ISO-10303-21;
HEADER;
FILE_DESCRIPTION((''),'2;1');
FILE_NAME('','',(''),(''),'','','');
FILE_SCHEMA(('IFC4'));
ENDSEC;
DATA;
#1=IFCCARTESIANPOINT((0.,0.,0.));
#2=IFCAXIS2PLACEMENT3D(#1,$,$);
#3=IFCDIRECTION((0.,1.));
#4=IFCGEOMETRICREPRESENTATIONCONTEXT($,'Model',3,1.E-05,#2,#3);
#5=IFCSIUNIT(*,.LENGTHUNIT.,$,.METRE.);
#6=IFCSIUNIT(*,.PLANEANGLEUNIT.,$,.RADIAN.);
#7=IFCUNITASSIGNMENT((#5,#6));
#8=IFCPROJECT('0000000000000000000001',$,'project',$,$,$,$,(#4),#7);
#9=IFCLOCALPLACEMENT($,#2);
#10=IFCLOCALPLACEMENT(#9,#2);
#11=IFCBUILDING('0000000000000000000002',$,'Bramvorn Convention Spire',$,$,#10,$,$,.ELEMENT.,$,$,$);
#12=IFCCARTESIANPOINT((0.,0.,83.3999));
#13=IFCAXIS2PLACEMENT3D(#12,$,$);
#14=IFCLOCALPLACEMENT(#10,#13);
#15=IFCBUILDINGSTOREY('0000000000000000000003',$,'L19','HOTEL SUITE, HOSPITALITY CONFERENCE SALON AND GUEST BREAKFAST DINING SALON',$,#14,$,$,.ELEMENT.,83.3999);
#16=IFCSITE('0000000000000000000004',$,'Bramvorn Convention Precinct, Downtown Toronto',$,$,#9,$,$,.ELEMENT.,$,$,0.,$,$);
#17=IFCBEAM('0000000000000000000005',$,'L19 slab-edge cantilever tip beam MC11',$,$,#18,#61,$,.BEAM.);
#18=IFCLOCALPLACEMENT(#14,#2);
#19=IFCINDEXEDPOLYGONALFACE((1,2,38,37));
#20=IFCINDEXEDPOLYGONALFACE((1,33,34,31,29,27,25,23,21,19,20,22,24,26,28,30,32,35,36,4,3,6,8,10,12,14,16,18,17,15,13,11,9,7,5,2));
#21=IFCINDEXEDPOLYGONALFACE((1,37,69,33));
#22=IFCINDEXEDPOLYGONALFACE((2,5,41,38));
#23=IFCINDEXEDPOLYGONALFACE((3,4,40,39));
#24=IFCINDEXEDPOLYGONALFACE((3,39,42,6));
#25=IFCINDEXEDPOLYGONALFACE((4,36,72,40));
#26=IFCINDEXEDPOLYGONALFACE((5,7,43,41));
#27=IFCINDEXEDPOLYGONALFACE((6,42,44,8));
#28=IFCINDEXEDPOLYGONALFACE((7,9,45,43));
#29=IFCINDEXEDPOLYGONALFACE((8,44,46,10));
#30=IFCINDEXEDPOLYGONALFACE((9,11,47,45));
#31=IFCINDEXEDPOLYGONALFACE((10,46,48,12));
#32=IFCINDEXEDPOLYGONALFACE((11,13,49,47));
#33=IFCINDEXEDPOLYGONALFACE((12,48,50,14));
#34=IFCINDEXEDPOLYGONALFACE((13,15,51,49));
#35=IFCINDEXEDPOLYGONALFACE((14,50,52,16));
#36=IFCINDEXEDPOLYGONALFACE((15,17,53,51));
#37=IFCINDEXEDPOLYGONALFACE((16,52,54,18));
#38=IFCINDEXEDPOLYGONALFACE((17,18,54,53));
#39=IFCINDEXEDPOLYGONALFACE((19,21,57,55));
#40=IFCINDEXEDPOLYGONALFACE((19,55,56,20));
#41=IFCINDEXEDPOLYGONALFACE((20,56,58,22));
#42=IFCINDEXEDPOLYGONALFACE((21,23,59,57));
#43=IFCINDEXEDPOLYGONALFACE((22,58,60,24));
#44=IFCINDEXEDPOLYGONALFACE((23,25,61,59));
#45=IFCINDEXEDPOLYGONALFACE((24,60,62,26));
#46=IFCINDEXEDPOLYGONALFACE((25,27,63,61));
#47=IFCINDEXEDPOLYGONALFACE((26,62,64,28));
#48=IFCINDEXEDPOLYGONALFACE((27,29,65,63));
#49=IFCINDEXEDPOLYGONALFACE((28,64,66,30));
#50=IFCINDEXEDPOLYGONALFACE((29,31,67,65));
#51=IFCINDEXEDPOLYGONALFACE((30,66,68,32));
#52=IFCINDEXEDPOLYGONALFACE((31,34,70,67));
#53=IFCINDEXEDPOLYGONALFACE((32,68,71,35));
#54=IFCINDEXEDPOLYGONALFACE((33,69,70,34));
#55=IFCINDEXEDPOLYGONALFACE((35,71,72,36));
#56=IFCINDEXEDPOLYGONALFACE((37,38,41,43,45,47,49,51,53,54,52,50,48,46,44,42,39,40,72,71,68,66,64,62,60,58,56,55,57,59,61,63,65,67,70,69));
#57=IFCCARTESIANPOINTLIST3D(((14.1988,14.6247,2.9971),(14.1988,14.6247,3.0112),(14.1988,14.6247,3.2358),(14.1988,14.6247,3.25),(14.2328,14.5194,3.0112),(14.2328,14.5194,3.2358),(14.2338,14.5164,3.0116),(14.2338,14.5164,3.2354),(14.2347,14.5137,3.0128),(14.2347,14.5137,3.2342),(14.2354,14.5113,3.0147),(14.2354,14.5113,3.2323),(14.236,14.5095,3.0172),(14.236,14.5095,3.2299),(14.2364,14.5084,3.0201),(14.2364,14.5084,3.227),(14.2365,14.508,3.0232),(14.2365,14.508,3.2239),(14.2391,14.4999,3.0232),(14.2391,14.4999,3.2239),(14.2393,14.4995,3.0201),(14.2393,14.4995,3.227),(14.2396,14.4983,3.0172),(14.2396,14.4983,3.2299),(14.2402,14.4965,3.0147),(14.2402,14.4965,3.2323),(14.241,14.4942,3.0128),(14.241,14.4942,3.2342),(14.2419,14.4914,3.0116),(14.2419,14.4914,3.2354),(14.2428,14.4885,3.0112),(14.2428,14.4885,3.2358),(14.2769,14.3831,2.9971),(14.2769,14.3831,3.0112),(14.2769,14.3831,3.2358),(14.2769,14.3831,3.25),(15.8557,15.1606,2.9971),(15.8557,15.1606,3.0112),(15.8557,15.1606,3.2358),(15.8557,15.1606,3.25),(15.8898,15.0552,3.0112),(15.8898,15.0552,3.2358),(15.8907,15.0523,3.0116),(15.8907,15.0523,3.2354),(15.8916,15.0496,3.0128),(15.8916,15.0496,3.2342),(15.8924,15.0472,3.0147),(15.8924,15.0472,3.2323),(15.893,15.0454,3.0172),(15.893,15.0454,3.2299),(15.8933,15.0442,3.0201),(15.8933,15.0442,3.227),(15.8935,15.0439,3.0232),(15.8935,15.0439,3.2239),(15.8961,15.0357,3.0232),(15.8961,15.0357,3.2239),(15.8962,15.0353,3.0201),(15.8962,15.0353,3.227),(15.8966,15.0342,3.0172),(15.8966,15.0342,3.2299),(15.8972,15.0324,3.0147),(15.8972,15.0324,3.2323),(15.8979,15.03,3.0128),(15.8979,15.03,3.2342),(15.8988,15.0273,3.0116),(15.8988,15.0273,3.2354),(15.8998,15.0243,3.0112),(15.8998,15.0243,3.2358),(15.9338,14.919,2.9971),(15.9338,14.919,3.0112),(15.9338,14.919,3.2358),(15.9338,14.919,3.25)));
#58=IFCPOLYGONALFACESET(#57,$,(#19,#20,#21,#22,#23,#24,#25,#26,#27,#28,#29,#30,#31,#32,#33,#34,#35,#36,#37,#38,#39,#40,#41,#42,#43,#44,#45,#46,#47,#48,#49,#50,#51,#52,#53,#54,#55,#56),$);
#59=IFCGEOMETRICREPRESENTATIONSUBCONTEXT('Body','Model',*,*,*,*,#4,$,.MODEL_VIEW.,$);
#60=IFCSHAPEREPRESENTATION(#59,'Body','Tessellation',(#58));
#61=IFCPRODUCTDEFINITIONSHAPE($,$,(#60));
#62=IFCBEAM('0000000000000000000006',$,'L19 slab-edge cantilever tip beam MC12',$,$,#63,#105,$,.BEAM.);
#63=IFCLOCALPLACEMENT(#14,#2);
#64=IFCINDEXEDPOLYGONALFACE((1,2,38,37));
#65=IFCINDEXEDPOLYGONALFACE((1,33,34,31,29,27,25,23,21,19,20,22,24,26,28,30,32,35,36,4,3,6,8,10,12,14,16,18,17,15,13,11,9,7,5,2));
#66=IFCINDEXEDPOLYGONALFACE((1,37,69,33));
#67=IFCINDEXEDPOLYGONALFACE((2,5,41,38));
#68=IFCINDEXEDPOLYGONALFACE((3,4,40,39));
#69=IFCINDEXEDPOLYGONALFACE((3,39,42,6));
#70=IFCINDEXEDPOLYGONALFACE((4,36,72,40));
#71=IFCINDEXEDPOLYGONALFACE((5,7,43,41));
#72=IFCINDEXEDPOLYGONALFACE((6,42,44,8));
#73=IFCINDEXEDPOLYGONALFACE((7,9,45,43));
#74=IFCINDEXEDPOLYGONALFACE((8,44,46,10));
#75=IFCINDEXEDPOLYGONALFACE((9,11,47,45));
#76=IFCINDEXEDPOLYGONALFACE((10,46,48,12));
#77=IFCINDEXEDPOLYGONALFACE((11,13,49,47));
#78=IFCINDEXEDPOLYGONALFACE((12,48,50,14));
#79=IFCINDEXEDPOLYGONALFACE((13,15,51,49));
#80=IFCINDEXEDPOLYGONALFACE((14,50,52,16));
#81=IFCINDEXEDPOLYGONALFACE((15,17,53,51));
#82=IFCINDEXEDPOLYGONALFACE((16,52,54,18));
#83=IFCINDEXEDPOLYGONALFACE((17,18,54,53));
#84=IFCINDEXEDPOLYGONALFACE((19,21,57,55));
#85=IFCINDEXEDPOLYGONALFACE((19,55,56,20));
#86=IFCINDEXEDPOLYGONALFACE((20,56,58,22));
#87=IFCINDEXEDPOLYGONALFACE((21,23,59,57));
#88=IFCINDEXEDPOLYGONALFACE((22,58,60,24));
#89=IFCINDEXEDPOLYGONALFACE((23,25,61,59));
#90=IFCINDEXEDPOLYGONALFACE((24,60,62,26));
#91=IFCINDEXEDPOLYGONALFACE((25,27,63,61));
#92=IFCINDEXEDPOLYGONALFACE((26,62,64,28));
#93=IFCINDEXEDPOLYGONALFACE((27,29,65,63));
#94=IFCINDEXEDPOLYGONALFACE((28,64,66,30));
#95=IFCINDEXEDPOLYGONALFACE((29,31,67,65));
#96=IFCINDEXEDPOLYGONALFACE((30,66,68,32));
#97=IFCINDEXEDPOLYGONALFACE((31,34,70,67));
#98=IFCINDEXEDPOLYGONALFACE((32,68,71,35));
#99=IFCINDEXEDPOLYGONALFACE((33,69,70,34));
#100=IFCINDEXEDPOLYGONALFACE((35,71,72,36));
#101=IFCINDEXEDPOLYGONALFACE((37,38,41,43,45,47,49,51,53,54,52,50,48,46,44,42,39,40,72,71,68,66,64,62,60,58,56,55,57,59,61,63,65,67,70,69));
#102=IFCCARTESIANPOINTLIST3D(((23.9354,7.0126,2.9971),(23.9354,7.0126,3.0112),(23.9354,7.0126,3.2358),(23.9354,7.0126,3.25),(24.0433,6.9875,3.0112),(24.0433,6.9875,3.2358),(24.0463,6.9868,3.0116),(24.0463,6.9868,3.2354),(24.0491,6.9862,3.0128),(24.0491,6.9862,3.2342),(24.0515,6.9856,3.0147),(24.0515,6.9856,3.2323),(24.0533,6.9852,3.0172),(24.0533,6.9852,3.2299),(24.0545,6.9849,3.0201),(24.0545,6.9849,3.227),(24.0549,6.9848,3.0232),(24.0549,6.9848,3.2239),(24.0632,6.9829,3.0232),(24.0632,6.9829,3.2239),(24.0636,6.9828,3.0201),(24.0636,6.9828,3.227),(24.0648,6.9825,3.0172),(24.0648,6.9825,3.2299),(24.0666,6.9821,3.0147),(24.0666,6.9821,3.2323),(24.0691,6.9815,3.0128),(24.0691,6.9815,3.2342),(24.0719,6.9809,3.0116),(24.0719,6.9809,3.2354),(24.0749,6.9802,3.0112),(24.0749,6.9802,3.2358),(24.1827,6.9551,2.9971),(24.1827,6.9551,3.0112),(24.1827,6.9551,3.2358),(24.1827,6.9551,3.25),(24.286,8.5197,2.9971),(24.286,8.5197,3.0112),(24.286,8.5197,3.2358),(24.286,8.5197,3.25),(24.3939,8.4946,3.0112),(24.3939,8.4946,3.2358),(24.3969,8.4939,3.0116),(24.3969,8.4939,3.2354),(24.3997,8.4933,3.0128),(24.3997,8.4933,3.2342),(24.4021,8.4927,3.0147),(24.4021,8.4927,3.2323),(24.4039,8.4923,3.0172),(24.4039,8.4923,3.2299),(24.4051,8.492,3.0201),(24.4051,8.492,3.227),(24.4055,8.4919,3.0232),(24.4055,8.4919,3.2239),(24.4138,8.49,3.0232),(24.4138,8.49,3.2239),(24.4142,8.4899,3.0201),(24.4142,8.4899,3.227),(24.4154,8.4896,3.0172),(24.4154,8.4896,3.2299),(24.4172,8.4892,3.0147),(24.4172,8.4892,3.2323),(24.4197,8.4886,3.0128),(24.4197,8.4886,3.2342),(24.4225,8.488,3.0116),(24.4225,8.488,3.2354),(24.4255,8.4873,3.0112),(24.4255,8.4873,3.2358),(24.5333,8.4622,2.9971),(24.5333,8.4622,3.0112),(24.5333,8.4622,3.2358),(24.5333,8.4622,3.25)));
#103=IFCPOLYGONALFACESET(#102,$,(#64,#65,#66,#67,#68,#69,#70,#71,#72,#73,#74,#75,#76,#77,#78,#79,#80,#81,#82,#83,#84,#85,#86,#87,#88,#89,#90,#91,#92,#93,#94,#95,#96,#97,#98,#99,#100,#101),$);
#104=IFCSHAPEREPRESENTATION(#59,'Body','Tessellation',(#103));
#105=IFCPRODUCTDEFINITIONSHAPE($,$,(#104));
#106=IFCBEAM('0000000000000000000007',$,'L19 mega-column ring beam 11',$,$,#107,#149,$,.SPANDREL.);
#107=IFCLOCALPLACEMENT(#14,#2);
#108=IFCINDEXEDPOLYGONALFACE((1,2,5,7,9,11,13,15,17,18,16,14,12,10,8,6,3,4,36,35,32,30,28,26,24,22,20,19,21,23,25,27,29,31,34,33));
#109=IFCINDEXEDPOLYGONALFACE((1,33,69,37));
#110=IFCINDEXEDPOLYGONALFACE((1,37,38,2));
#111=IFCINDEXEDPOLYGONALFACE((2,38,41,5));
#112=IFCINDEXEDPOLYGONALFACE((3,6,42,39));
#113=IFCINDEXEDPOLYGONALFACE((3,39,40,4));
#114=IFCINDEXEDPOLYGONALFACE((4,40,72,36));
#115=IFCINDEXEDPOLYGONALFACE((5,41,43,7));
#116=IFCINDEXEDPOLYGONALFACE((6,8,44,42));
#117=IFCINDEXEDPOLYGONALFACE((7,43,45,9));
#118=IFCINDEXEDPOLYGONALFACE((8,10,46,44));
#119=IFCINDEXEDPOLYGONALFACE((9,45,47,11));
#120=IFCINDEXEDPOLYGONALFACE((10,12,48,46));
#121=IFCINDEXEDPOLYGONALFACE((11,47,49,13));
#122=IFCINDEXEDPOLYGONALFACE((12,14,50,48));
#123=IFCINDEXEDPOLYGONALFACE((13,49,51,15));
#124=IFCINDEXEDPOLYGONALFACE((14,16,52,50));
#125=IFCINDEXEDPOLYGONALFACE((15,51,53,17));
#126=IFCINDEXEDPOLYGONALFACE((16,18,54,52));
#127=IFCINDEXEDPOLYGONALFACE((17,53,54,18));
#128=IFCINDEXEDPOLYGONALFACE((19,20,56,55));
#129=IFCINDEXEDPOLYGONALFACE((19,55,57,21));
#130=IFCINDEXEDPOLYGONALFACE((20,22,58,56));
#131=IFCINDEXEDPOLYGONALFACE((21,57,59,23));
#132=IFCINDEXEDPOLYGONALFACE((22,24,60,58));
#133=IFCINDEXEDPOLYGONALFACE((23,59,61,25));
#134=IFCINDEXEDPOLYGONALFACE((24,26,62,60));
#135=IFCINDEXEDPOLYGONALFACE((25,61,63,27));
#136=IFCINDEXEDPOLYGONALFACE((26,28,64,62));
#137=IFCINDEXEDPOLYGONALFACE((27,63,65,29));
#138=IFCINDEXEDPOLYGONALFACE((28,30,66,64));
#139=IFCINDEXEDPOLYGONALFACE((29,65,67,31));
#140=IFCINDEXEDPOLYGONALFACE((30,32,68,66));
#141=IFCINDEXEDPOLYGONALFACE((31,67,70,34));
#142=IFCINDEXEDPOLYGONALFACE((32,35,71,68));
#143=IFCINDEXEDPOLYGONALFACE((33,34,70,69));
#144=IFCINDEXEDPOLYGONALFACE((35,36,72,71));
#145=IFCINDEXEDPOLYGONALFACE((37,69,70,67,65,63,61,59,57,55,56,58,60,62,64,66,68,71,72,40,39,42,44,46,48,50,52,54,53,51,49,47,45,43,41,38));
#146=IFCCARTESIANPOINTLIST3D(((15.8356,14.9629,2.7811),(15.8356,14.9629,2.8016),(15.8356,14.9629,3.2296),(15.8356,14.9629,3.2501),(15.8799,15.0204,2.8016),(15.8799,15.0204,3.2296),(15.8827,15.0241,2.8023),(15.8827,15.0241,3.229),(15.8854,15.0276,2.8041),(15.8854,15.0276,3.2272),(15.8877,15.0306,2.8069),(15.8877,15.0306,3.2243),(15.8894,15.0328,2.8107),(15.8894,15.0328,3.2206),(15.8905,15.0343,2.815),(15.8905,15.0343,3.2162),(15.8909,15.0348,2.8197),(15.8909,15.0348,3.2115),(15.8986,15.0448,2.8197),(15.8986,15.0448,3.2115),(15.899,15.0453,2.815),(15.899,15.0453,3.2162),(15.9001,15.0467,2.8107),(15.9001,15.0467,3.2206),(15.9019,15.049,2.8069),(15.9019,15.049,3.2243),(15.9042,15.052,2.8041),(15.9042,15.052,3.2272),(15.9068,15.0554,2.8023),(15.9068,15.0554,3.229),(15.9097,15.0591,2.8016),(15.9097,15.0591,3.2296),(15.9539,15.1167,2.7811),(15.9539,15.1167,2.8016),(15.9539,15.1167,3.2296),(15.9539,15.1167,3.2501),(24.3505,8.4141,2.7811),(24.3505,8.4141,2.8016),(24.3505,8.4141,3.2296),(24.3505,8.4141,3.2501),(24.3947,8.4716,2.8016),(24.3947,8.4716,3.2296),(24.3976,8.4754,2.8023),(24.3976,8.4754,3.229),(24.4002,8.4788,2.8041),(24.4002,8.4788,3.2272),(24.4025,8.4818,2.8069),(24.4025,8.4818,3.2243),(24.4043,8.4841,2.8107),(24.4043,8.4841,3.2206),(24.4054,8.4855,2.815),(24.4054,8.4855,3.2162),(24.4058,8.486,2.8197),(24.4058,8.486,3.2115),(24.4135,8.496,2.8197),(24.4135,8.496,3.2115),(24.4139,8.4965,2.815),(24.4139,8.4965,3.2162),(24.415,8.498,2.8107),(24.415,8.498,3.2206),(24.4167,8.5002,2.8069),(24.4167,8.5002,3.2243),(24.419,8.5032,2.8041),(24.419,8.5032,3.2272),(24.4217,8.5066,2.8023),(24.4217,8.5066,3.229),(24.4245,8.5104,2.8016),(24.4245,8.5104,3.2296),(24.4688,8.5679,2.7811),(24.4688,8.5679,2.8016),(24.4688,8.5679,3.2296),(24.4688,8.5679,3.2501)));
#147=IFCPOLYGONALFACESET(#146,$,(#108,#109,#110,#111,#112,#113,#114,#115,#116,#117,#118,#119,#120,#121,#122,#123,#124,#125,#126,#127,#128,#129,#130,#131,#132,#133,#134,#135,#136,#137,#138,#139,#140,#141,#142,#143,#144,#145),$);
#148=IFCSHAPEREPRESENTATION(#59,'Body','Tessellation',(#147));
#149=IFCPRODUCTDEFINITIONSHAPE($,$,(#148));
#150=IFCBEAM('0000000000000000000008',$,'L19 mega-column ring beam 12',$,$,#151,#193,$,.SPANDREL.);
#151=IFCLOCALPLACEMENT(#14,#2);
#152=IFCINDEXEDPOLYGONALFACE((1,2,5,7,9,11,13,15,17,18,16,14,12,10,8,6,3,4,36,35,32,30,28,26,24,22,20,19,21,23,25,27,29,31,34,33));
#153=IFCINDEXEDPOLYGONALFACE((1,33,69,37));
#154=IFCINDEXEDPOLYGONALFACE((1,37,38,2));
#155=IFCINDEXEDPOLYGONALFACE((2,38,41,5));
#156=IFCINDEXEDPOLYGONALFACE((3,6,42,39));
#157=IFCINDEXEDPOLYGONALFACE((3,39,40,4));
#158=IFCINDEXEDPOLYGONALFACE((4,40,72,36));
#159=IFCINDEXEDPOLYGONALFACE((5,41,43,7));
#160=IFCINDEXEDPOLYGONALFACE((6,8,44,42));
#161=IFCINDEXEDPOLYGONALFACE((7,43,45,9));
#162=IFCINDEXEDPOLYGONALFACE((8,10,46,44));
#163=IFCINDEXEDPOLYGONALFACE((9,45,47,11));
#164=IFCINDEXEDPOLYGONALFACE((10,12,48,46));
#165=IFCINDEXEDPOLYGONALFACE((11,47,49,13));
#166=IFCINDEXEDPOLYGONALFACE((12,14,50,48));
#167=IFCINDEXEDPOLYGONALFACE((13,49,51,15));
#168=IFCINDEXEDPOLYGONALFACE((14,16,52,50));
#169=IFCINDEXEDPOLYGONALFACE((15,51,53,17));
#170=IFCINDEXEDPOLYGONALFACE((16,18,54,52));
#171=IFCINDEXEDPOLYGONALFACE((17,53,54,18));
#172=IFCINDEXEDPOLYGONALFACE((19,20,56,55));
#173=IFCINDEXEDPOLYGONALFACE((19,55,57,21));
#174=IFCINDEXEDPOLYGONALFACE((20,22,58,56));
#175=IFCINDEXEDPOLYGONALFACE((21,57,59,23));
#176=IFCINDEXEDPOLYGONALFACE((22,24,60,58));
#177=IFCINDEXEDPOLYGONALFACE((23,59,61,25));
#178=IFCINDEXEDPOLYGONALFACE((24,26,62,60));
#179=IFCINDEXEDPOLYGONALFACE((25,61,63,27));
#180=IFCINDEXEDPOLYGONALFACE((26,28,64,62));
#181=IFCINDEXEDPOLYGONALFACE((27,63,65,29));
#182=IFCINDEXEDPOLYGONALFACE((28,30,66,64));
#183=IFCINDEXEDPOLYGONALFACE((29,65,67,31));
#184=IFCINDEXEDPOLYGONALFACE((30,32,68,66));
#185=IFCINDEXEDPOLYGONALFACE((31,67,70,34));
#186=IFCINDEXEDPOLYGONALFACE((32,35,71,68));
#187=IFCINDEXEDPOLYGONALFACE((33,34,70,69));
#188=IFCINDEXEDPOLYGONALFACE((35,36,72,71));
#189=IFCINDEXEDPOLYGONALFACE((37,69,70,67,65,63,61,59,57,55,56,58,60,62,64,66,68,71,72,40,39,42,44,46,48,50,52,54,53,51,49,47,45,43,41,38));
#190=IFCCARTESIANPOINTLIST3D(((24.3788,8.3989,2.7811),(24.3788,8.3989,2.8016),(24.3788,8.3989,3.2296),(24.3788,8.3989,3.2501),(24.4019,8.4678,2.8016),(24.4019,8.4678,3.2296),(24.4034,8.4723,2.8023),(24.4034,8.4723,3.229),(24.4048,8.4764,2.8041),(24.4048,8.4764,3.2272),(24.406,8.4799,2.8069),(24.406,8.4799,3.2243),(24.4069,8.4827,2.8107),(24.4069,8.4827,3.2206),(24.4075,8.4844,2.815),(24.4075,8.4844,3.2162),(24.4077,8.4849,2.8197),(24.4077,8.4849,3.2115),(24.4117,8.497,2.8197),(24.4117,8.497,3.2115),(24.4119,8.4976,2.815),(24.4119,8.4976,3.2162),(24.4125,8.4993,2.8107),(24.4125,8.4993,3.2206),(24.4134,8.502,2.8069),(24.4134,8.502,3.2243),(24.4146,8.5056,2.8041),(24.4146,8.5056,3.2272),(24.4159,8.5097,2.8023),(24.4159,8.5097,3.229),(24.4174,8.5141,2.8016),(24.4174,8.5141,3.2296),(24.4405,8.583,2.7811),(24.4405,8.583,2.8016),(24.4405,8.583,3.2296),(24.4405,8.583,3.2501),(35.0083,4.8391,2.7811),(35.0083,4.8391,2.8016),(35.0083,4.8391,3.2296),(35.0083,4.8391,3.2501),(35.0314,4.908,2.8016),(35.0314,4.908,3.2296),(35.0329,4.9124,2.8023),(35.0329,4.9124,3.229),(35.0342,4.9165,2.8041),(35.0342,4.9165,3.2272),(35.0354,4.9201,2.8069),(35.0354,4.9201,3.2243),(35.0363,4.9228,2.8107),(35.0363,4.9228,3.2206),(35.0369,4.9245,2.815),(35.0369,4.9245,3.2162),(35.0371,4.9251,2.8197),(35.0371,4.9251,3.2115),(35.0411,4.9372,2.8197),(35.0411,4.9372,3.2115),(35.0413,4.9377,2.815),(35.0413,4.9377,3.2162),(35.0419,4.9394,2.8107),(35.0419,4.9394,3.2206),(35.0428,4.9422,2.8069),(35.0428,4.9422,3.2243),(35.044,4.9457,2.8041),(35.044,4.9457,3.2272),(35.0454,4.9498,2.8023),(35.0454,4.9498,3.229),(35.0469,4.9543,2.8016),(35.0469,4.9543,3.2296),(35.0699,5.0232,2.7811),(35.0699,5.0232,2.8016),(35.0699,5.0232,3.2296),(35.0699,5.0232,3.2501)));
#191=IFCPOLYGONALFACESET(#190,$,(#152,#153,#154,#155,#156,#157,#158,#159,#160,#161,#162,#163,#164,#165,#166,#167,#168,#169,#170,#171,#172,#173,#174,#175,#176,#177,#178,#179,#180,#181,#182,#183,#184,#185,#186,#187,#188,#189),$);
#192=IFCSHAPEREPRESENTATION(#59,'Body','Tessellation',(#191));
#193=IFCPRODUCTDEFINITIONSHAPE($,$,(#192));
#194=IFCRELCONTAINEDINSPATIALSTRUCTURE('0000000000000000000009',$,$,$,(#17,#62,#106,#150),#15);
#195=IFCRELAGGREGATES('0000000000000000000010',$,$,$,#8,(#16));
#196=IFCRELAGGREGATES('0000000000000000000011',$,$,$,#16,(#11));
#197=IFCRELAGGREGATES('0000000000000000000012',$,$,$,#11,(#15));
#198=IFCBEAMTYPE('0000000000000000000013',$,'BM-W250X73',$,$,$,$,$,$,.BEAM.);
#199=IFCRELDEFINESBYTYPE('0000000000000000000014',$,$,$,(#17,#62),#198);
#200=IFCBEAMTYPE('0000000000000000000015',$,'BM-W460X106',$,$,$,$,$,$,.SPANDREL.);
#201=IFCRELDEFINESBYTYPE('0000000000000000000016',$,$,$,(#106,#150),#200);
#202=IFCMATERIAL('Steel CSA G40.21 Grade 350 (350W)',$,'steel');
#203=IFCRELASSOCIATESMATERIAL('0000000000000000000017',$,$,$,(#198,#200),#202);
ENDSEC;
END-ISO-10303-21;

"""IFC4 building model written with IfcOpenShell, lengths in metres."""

from ifc_helpers import new_model, si_unit, direction, frame, origin, origin_2d, place, context, subcontext, project, spatial, i_section, extrude, material, material_profile, profile_set, type_object, element, save


model = new_model("IFC4")

# Units and contexts
model_context = context("Model", 3, precision=1e-05, world=origin(), true_north=direction((0.0, 1.0)))
body_context = subcontext(model_context, "Body", "Model", "MODEL_VIEW")
ifc_project = project(units=[si_unit("LENGTHUNIT", "METRE"), si_unit("PLANEANGLEUNIT", "RADIAN")], contexts=[model_context])

# Site, building, storey
site_placement = place(None, origin())
site = spatial("IfcSite", under=ifc_project, at=site_placement, Name="Bramvorn Convention Precinct, Downtown Toronto", CompositionType="ELEMENT", RefElevation=0.0)
building_placement = place(site_placement, origin())
building = spatial("IfcBuilding", under=site, at=building_placement, Name="Bramvorn Convention Spire", CompositionType="ELEMENT")
storey_placement = place(building_placement, frame((0.0, 0.0, 83.3999)))
storey = spatial("IfcBuildingStorey", under=building, at=storey_placement, Name="L19", Description="HOTEL SUITE, HOSPITALITY CONFERENCE SALON AND GUEST BREAKFAST DINING SALON", CompositionType="ELEMENT", Elevation=83.3999)

# Shared definitions
ifc_material_1 = material(Name="Steel CSA G40.21 Grade 350 (350W)", Category="steel")

# Beams
ifc_material_profile_1 = material_profile(ifc_material_1, i_section(OverallWidth=0.2539, OverallDepth=0.2529, WebThickness=0.0085, FlangeThickness=0.0142, FilletRadius=0.012, at=origin_2d()))
ifc_profile_set_1 = profile_set([ifc_material_profile_1], Name="Steel CSA G40.21 Grade 350 (350W) - W250X73")
beam_type_1 = type_object("IfcBeamType", Name="BM-W250X73", PredefinedType="BEAM", material=ifc_profile_set_1)
beam_1_placement = place(storey_placement, frame((15.8948, 15.0398, 3.1235), z_axis=(-0.951477, -0.30772, 0.0), x_axis=(0.30772, -0.951477, 0.0)))
element("IfcBeam", 1, at=beam_1_placement, inside=storey, type_object=beam_type_1, Name="L19 slab-edge cantilever tip beam MC11", PredefinedType="BEAM", context=body_context, shape_type="SweptSolid", body=[
    extrude(i_section(OverallWidth=0.2539, OverallDepth=0.2529, WebThickness=0.0085, FlangeThickness=0.0142, FilletRadius=0.012, at=origin_2d()), origin(), (0.0, 0.0, 1.0), 1.7415),
])
beam_2_placement = place(storey_placement, frame((24.4097, 8.491, 3.1235), z_axis=(-0.226576, -0.973993, 0.0), x_axis=(0.973993, -0.226576, 0.0)))
element("IfcBeam", 2, at=beam_2_placement, inside=storey, type_object=beam_type_1, Name="L19 slab-edge cantilever tip beam MC12", PredefinedType="BEAM", context=body_context, shape_type="SweptSolid", body=[
    extrude(i_section(OverallWidth=0.2539, OverallDepth=0.2529, WebThickness=0.0085, FlangeThickness=0.0142, FilletRadius=0.012, at=origin_2d()), origin(), (0.0, 0.0, 1.0), 1.5474),
])
ifc_material_profile_2 = material_profile(ifc_material_1, i_section(OverallWidth=0.1941, OverallDepth=0.469, WebThickness=0.0127, FlangeThickness=0.0205, FilletRadius=0.0181, at=origin_2d()))
ifc_profile_set_2 = profile_set([ifc_material_profile_2], Name="Steel CSA G40.21 Grade 350 (350W) - W460X106")
beam_type_2 = type_object("IfcBeamType", Name="BM-W460X106", PredefinedType="SPANDREL", material=ifc_profile_set_2)
beam_3_placement = place(storey_placement, frame((15.8948, 15.0398, 3.0156), z_axis=(0.792673, -0.609647, 0.0), x_axis=(0.609647, 0.792673, 0.0)))
element("IfcBeam", 3, at=beam_3_placement, inside=storey, type_object=beam_type_2, Name="L19 mega-column ring beam 11", PredefinedType="SPANDREL", context=body_context, shape_type="SweptSolid", body=[
    extrude(i_section(OverallWidth=0.1941, OverallDepth=0.469, WebThickness=0.0127, FlangeThickness=0.0205, FilletRadius=0.0181, at=origin_2d()), origin(), (0.0, 0.0, 1.0), 10.7419),
])
beam_4_placement = place(storey_placement, frame((24.4097, 8.491, 3.0156), z_axis=(0.948236, -0.317567, 0.0), x_axis=(0.317567, 0.948236, 0.0)))
element("IfcBeam", 4, at=beam_4_placement, inside=storey, type_object=beam_type_2, Name="L19 mega-column ring beam 12", PredefinedType="SPANDREL", context=body_context, shape_type="SweptSolid", body=[
    extrude(i_section(OverallWidth=0.1941, OverallDepth=0.469, WebThickness=0.0127, FlangeThickness=0.0205, FilletRadius=0.0181, at=origin_2d()), origin(), (0.0, 0.0, 1.0), 11.2097),
])

save(model, "model.ifc")
